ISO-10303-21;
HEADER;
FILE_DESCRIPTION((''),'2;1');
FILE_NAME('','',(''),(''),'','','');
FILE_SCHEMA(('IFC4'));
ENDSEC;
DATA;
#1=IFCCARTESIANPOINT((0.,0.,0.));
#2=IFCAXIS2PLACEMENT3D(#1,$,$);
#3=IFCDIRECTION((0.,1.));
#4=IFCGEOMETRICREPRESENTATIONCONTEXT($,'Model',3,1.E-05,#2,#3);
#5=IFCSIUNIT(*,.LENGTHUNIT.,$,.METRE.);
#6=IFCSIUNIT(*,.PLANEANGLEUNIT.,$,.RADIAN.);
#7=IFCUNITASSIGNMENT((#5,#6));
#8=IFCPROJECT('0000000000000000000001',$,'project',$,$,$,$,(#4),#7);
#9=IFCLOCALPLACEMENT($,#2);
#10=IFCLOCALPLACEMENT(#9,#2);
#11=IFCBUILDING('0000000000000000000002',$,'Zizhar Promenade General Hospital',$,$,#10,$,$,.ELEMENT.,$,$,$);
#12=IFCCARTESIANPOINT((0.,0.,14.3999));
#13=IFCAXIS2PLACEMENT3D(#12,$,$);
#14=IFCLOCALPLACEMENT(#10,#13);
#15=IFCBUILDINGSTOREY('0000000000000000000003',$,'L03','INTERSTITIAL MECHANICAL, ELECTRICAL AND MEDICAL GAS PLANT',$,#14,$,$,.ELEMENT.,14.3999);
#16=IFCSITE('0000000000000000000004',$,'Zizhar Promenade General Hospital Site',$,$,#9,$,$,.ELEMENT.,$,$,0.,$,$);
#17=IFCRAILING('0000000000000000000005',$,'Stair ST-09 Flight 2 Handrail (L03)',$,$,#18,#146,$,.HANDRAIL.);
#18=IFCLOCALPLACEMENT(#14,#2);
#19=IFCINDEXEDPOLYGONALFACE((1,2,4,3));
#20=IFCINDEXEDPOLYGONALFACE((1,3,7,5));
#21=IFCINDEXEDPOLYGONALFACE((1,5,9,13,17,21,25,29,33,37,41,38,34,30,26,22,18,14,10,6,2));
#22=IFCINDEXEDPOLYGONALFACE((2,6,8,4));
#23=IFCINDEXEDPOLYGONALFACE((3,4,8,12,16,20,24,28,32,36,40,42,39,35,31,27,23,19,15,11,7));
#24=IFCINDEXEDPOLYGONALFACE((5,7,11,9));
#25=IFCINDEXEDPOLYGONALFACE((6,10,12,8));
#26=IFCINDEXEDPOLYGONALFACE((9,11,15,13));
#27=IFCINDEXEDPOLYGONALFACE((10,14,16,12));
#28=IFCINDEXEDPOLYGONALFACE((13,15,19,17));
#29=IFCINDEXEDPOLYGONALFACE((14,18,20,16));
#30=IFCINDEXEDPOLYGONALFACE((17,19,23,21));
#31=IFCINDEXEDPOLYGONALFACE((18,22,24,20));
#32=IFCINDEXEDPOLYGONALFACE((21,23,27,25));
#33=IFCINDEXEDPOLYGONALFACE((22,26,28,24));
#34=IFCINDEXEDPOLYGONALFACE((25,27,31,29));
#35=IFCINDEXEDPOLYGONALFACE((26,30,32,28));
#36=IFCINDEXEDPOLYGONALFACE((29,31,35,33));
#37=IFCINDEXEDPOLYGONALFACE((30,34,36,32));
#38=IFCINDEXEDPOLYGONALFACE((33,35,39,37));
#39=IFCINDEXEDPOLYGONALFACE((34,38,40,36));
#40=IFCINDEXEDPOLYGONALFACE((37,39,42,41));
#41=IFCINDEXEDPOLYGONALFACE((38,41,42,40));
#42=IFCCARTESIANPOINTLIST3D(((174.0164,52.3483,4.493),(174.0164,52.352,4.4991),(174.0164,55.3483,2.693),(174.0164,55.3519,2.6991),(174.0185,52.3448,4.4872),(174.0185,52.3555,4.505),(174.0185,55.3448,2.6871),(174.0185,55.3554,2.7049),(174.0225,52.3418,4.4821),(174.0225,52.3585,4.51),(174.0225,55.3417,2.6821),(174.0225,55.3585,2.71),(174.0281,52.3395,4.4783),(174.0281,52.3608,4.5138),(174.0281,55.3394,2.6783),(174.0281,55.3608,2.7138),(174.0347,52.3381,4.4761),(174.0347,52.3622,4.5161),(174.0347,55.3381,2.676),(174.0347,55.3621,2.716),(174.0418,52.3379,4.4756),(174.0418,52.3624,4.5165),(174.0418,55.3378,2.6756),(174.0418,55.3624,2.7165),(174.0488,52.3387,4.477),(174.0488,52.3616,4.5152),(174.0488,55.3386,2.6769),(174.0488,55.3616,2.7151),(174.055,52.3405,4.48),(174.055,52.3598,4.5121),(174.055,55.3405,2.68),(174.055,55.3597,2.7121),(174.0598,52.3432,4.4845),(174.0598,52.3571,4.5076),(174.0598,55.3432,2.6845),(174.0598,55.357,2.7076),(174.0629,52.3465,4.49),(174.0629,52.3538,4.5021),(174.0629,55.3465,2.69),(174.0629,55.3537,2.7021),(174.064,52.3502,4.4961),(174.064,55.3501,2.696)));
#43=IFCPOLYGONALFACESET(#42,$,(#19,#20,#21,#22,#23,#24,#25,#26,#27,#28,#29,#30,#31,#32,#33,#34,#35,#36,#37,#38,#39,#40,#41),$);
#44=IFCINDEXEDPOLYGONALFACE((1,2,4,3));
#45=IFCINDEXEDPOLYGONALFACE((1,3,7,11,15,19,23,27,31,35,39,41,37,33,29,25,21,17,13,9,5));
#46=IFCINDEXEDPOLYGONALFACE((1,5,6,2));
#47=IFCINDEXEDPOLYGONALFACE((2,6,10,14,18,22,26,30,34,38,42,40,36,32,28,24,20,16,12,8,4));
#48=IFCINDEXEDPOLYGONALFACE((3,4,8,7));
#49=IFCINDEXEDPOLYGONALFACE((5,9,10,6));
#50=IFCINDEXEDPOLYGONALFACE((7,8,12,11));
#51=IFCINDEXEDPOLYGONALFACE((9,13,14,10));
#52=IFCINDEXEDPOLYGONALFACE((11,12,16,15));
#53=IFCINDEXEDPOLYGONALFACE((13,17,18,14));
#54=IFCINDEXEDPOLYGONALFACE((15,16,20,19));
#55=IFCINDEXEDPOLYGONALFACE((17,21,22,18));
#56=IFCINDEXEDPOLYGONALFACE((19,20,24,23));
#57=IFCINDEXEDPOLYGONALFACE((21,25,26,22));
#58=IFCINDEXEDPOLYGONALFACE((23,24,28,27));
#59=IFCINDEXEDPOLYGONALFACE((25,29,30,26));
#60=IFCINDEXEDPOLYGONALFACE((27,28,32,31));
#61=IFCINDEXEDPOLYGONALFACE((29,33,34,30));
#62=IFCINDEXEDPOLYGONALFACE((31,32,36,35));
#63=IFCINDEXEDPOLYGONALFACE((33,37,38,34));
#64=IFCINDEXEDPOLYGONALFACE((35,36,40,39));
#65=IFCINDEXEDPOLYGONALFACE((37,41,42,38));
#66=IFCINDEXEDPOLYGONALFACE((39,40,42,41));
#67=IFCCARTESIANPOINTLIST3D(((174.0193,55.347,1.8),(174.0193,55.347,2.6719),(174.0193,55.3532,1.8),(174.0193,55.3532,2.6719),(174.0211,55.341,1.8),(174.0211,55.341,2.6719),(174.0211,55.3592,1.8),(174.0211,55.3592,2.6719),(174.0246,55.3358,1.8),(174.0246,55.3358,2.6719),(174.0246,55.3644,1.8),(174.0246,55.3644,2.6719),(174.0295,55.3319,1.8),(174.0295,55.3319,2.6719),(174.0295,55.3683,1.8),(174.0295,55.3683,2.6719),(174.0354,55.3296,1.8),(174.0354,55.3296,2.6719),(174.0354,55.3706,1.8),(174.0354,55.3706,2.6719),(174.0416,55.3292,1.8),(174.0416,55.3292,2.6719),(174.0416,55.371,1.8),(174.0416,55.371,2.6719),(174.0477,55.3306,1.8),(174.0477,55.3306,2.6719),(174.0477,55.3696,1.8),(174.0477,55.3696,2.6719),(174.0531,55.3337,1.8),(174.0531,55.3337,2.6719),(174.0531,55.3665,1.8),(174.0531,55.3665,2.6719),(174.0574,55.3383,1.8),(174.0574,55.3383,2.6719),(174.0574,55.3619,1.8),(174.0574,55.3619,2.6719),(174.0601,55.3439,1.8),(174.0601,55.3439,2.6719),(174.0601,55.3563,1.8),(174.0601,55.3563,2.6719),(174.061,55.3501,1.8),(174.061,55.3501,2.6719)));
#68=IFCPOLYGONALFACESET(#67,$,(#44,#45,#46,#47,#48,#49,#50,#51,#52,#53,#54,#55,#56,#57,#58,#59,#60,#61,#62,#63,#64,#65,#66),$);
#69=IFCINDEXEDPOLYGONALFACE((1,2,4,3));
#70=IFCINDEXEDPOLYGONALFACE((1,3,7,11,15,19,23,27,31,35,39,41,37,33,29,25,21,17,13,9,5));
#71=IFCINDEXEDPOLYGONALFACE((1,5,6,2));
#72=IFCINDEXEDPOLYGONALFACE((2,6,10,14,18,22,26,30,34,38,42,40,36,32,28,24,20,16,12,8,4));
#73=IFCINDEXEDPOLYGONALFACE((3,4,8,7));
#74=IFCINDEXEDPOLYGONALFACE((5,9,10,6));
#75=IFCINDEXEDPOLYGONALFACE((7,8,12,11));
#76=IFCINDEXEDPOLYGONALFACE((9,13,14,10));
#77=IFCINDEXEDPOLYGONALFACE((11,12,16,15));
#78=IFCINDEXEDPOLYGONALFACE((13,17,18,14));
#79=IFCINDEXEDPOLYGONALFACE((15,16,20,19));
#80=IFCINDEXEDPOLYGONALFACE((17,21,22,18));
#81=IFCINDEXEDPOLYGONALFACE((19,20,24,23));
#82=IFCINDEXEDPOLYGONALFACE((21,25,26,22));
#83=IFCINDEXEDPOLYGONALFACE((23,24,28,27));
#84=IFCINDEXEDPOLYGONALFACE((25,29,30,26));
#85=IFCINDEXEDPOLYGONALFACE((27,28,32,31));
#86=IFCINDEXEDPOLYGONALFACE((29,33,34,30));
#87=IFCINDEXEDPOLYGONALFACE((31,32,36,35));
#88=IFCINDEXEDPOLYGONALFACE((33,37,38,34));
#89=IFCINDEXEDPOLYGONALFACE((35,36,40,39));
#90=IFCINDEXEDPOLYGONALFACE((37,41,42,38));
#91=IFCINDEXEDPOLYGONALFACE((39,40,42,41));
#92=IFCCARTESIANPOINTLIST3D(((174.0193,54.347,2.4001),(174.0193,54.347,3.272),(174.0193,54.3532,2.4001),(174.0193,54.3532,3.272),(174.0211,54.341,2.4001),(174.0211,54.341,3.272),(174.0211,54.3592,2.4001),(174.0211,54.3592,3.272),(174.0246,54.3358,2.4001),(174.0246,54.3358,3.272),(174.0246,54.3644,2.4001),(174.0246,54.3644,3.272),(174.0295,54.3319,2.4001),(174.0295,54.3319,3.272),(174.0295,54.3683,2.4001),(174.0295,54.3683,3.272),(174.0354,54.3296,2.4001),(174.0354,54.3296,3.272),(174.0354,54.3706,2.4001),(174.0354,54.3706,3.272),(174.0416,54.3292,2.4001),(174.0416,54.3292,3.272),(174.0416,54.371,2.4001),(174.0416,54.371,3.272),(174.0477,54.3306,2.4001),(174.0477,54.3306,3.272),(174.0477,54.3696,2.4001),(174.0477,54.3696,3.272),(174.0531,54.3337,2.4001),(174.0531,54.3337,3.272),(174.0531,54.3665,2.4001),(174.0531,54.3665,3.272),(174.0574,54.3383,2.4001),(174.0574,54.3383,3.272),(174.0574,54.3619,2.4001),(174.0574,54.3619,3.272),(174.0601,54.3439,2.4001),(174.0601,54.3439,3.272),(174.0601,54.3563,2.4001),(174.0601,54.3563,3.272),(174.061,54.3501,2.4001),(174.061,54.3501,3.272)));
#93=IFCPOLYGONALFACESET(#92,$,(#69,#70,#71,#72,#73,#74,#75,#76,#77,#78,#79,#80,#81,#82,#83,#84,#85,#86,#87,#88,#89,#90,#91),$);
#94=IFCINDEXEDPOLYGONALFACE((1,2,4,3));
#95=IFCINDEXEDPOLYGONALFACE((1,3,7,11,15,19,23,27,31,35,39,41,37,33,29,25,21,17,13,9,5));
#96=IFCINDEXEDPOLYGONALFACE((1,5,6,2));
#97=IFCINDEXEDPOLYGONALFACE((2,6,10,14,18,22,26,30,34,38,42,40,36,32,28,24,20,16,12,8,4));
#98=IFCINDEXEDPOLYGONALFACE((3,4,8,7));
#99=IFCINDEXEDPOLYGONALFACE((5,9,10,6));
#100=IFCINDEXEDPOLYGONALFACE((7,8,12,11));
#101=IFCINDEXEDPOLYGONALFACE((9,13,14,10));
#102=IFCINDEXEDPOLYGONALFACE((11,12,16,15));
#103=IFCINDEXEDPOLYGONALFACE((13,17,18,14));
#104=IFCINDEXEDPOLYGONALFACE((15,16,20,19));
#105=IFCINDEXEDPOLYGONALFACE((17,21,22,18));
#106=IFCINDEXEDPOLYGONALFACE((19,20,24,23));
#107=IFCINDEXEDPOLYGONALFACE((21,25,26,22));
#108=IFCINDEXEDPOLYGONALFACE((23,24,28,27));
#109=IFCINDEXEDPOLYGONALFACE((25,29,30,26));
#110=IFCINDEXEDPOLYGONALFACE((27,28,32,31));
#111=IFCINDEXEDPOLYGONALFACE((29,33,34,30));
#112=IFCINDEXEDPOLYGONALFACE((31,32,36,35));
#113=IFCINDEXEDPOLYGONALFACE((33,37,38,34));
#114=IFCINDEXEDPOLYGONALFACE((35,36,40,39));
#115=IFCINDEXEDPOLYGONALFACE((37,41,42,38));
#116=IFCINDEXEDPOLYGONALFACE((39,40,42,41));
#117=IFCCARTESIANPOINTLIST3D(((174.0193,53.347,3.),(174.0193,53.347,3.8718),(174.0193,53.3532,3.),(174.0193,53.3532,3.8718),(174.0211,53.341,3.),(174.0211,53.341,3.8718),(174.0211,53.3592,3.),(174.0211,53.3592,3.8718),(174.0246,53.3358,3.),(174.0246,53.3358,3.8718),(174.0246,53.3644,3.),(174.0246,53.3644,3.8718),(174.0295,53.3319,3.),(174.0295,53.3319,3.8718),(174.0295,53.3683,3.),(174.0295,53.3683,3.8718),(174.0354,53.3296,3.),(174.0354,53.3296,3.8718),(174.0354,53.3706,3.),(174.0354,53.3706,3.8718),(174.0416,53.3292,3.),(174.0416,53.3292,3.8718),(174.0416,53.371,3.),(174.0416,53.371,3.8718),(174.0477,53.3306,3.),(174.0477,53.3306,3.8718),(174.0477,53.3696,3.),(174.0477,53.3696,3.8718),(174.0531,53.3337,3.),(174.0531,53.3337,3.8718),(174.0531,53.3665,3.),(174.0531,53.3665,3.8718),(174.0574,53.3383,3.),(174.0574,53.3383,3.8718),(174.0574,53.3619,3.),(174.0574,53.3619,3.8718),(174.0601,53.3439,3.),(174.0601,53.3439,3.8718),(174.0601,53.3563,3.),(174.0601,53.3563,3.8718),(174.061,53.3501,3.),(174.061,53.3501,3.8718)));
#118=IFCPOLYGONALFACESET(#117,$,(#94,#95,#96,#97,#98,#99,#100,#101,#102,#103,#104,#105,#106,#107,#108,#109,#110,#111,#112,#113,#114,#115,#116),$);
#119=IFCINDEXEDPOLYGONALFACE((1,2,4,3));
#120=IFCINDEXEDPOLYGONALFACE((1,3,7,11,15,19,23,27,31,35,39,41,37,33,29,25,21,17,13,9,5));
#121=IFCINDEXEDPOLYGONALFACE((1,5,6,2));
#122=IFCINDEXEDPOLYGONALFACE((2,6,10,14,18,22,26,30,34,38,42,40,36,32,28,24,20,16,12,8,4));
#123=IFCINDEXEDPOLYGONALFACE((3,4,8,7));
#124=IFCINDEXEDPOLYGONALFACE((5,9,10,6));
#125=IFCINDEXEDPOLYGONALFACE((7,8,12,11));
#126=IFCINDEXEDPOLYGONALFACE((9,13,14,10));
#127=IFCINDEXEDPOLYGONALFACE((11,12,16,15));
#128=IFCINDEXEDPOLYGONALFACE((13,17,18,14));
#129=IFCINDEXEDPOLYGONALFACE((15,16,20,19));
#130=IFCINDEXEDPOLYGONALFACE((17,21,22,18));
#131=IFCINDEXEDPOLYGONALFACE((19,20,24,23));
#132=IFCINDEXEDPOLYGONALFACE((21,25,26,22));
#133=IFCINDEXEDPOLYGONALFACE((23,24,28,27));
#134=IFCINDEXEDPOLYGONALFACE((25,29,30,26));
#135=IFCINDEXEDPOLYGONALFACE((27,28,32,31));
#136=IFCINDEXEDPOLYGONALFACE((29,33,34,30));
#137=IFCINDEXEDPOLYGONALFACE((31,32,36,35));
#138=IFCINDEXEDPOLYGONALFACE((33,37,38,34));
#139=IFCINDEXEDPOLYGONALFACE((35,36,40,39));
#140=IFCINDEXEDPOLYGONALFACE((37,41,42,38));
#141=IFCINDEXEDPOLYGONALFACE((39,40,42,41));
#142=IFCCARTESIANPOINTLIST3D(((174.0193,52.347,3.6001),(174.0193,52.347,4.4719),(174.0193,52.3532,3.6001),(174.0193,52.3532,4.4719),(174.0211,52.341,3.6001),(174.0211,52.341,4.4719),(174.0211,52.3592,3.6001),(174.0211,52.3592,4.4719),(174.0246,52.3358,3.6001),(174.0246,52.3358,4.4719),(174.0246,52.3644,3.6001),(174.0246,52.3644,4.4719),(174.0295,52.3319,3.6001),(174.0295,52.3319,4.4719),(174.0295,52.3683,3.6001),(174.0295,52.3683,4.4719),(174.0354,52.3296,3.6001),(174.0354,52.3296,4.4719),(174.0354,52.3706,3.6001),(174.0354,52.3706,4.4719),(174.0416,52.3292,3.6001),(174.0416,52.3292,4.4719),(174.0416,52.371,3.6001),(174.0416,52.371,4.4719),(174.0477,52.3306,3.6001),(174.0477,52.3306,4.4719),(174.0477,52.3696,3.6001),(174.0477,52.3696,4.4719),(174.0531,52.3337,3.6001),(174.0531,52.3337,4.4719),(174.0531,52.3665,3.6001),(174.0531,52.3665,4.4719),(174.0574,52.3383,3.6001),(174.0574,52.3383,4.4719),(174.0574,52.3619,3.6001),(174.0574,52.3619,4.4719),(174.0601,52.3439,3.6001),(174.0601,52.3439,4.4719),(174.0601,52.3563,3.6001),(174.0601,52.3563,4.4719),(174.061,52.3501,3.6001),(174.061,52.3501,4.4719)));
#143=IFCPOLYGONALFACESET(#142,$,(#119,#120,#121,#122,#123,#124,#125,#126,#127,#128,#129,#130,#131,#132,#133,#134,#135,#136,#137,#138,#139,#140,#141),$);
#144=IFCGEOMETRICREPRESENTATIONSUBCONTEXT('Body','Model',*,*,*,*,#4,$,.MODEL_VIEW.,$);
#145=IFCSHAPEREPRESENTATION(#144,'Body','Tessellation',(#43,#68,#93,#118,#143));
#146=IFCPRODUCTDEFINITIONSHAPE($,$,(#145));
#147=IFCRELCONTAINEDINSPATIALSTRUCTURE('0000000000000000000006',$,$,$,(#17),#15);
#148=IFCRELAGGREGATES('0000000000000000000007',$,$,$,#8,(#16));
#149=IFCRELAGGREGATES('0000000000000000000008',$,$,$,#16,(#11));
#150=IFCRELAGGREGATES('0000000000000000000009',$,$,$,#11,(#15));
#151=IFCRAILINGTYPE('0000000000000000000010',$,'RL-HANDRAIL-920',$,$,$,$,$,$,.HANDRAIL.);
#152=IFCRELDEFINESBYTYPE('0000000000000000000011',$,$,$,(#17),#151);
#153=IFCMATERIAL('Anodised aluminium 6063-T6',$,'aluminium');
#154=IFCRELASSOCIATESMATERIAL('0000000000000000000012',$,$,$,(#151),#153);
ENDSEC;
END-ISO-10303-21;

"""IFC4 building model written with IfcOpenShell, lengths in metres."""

from ifc_helpers import new_model, si_unit, direction, frame, origin, origin_2d, place, context, subcontext, project, spatial, circle, hollow_circle, extrude, material, material_profile, profile_set, type_object, element, save


model = new_model("IFC4")

# Units and contexts
model_context = context("Model", 3, precision=1e-05, world=origin(), true_north=direction((0.0, 1.0)))
body_context = subcontext(model_context, "Body", "Model", "MODEL_VIEW")
ifc_project = project(units=[si_unit("LENGTHUNIT", "METRE"), si_unit("PLANEANGLEUNIT", "RADIAN")], contexts=[model_context])

# Site, building, storey
site_placement = place(None, origin())
site = spatial("IfcSite", under=ifc_project, at=site_placement, Name="Zizhar Promenade General Hospital Site", CompositionType="ELEMENT", RefElevation=0.0)
building_placement = place(site_placement, origin())
building = spatial("IfcBuilding", under=site, at=building_placement, Name="Zizhar Promenade General Hospital", CompositionType="ELEMENT")
storey_placement = place(building_placement, frame((0.0, 0.0, 14.3999)))
storey = spatial("IfcBuildingStorey", under=building, at=storey_placement, Name="L03", Description="INTERSTITIAL MECHANICAL, ELECTRICAL AND MEDICAL GAS PLANT", CompositionType="ELEMENT", Elevation=14.3999)

# Railing
ifc_material_1 = material(Name="Anodised aluminium 6063-T6", Category="aluminium")
ifc_material_profile_1 = material_profile(ifc_material_1, hollow_circle(Radius=0.0698, WallThickness=0.0063, at=origin_2d()))
ifc_profile_set_1 = profile_set([ifc_material_profile_1], Name="Anodised aluminium 6063-T6")
railing_type_1 = type_object("IfcRailingType", Name="RL-HANDRAIL-920", PredefinedType="HANDRAIL", material=ifc_profile_set_1)
railing_1_placement = place(storey_placement, frame((174.04, 55.3501, 1.8)))
element("IfcRailing", 1, at=railing_1_placement, inside=storey, type_object=railing_type_1, Name="Stair ST-09 Flight 2 Handrail (L03)", PredefinedType="HANDRAIL", context=body_context, shape_type="SweptSolid", body=[
    extrude(circle(Radius=0.0239, at=origin_2d()), frame((0.0, 0.0, 0.896), z_axis=(0.0, -0.857487, 0.514506), x_axis=(1.0, 0.0, 0.0)), (0.0, 0.0, 1.0), 3.4985),
    extrude(circle(Radius=0.021, at=origin_2d()), origin(), (0.0, 0.0, 1.0), 0.8718),
    extrude(circle(Radius=0.021, at=origin_2d()), frame((0.0, -1.0, 0.6001)), (0.0, 0.0, 1.0), 0.8718),
    extrude(circle(Radius=0.021, at=origin_2d()), frame((0.0, -2.0, 1.2)), (0.0, 0.0, 1.0), 0.8718),
    extrude(circle(Radius=0.021, at=origin_2d()), frame((0.0, -3.0, 1.8)), (0.0, 0.0, 1.0), 0.8718),
])

save(model, "model.ifc")
